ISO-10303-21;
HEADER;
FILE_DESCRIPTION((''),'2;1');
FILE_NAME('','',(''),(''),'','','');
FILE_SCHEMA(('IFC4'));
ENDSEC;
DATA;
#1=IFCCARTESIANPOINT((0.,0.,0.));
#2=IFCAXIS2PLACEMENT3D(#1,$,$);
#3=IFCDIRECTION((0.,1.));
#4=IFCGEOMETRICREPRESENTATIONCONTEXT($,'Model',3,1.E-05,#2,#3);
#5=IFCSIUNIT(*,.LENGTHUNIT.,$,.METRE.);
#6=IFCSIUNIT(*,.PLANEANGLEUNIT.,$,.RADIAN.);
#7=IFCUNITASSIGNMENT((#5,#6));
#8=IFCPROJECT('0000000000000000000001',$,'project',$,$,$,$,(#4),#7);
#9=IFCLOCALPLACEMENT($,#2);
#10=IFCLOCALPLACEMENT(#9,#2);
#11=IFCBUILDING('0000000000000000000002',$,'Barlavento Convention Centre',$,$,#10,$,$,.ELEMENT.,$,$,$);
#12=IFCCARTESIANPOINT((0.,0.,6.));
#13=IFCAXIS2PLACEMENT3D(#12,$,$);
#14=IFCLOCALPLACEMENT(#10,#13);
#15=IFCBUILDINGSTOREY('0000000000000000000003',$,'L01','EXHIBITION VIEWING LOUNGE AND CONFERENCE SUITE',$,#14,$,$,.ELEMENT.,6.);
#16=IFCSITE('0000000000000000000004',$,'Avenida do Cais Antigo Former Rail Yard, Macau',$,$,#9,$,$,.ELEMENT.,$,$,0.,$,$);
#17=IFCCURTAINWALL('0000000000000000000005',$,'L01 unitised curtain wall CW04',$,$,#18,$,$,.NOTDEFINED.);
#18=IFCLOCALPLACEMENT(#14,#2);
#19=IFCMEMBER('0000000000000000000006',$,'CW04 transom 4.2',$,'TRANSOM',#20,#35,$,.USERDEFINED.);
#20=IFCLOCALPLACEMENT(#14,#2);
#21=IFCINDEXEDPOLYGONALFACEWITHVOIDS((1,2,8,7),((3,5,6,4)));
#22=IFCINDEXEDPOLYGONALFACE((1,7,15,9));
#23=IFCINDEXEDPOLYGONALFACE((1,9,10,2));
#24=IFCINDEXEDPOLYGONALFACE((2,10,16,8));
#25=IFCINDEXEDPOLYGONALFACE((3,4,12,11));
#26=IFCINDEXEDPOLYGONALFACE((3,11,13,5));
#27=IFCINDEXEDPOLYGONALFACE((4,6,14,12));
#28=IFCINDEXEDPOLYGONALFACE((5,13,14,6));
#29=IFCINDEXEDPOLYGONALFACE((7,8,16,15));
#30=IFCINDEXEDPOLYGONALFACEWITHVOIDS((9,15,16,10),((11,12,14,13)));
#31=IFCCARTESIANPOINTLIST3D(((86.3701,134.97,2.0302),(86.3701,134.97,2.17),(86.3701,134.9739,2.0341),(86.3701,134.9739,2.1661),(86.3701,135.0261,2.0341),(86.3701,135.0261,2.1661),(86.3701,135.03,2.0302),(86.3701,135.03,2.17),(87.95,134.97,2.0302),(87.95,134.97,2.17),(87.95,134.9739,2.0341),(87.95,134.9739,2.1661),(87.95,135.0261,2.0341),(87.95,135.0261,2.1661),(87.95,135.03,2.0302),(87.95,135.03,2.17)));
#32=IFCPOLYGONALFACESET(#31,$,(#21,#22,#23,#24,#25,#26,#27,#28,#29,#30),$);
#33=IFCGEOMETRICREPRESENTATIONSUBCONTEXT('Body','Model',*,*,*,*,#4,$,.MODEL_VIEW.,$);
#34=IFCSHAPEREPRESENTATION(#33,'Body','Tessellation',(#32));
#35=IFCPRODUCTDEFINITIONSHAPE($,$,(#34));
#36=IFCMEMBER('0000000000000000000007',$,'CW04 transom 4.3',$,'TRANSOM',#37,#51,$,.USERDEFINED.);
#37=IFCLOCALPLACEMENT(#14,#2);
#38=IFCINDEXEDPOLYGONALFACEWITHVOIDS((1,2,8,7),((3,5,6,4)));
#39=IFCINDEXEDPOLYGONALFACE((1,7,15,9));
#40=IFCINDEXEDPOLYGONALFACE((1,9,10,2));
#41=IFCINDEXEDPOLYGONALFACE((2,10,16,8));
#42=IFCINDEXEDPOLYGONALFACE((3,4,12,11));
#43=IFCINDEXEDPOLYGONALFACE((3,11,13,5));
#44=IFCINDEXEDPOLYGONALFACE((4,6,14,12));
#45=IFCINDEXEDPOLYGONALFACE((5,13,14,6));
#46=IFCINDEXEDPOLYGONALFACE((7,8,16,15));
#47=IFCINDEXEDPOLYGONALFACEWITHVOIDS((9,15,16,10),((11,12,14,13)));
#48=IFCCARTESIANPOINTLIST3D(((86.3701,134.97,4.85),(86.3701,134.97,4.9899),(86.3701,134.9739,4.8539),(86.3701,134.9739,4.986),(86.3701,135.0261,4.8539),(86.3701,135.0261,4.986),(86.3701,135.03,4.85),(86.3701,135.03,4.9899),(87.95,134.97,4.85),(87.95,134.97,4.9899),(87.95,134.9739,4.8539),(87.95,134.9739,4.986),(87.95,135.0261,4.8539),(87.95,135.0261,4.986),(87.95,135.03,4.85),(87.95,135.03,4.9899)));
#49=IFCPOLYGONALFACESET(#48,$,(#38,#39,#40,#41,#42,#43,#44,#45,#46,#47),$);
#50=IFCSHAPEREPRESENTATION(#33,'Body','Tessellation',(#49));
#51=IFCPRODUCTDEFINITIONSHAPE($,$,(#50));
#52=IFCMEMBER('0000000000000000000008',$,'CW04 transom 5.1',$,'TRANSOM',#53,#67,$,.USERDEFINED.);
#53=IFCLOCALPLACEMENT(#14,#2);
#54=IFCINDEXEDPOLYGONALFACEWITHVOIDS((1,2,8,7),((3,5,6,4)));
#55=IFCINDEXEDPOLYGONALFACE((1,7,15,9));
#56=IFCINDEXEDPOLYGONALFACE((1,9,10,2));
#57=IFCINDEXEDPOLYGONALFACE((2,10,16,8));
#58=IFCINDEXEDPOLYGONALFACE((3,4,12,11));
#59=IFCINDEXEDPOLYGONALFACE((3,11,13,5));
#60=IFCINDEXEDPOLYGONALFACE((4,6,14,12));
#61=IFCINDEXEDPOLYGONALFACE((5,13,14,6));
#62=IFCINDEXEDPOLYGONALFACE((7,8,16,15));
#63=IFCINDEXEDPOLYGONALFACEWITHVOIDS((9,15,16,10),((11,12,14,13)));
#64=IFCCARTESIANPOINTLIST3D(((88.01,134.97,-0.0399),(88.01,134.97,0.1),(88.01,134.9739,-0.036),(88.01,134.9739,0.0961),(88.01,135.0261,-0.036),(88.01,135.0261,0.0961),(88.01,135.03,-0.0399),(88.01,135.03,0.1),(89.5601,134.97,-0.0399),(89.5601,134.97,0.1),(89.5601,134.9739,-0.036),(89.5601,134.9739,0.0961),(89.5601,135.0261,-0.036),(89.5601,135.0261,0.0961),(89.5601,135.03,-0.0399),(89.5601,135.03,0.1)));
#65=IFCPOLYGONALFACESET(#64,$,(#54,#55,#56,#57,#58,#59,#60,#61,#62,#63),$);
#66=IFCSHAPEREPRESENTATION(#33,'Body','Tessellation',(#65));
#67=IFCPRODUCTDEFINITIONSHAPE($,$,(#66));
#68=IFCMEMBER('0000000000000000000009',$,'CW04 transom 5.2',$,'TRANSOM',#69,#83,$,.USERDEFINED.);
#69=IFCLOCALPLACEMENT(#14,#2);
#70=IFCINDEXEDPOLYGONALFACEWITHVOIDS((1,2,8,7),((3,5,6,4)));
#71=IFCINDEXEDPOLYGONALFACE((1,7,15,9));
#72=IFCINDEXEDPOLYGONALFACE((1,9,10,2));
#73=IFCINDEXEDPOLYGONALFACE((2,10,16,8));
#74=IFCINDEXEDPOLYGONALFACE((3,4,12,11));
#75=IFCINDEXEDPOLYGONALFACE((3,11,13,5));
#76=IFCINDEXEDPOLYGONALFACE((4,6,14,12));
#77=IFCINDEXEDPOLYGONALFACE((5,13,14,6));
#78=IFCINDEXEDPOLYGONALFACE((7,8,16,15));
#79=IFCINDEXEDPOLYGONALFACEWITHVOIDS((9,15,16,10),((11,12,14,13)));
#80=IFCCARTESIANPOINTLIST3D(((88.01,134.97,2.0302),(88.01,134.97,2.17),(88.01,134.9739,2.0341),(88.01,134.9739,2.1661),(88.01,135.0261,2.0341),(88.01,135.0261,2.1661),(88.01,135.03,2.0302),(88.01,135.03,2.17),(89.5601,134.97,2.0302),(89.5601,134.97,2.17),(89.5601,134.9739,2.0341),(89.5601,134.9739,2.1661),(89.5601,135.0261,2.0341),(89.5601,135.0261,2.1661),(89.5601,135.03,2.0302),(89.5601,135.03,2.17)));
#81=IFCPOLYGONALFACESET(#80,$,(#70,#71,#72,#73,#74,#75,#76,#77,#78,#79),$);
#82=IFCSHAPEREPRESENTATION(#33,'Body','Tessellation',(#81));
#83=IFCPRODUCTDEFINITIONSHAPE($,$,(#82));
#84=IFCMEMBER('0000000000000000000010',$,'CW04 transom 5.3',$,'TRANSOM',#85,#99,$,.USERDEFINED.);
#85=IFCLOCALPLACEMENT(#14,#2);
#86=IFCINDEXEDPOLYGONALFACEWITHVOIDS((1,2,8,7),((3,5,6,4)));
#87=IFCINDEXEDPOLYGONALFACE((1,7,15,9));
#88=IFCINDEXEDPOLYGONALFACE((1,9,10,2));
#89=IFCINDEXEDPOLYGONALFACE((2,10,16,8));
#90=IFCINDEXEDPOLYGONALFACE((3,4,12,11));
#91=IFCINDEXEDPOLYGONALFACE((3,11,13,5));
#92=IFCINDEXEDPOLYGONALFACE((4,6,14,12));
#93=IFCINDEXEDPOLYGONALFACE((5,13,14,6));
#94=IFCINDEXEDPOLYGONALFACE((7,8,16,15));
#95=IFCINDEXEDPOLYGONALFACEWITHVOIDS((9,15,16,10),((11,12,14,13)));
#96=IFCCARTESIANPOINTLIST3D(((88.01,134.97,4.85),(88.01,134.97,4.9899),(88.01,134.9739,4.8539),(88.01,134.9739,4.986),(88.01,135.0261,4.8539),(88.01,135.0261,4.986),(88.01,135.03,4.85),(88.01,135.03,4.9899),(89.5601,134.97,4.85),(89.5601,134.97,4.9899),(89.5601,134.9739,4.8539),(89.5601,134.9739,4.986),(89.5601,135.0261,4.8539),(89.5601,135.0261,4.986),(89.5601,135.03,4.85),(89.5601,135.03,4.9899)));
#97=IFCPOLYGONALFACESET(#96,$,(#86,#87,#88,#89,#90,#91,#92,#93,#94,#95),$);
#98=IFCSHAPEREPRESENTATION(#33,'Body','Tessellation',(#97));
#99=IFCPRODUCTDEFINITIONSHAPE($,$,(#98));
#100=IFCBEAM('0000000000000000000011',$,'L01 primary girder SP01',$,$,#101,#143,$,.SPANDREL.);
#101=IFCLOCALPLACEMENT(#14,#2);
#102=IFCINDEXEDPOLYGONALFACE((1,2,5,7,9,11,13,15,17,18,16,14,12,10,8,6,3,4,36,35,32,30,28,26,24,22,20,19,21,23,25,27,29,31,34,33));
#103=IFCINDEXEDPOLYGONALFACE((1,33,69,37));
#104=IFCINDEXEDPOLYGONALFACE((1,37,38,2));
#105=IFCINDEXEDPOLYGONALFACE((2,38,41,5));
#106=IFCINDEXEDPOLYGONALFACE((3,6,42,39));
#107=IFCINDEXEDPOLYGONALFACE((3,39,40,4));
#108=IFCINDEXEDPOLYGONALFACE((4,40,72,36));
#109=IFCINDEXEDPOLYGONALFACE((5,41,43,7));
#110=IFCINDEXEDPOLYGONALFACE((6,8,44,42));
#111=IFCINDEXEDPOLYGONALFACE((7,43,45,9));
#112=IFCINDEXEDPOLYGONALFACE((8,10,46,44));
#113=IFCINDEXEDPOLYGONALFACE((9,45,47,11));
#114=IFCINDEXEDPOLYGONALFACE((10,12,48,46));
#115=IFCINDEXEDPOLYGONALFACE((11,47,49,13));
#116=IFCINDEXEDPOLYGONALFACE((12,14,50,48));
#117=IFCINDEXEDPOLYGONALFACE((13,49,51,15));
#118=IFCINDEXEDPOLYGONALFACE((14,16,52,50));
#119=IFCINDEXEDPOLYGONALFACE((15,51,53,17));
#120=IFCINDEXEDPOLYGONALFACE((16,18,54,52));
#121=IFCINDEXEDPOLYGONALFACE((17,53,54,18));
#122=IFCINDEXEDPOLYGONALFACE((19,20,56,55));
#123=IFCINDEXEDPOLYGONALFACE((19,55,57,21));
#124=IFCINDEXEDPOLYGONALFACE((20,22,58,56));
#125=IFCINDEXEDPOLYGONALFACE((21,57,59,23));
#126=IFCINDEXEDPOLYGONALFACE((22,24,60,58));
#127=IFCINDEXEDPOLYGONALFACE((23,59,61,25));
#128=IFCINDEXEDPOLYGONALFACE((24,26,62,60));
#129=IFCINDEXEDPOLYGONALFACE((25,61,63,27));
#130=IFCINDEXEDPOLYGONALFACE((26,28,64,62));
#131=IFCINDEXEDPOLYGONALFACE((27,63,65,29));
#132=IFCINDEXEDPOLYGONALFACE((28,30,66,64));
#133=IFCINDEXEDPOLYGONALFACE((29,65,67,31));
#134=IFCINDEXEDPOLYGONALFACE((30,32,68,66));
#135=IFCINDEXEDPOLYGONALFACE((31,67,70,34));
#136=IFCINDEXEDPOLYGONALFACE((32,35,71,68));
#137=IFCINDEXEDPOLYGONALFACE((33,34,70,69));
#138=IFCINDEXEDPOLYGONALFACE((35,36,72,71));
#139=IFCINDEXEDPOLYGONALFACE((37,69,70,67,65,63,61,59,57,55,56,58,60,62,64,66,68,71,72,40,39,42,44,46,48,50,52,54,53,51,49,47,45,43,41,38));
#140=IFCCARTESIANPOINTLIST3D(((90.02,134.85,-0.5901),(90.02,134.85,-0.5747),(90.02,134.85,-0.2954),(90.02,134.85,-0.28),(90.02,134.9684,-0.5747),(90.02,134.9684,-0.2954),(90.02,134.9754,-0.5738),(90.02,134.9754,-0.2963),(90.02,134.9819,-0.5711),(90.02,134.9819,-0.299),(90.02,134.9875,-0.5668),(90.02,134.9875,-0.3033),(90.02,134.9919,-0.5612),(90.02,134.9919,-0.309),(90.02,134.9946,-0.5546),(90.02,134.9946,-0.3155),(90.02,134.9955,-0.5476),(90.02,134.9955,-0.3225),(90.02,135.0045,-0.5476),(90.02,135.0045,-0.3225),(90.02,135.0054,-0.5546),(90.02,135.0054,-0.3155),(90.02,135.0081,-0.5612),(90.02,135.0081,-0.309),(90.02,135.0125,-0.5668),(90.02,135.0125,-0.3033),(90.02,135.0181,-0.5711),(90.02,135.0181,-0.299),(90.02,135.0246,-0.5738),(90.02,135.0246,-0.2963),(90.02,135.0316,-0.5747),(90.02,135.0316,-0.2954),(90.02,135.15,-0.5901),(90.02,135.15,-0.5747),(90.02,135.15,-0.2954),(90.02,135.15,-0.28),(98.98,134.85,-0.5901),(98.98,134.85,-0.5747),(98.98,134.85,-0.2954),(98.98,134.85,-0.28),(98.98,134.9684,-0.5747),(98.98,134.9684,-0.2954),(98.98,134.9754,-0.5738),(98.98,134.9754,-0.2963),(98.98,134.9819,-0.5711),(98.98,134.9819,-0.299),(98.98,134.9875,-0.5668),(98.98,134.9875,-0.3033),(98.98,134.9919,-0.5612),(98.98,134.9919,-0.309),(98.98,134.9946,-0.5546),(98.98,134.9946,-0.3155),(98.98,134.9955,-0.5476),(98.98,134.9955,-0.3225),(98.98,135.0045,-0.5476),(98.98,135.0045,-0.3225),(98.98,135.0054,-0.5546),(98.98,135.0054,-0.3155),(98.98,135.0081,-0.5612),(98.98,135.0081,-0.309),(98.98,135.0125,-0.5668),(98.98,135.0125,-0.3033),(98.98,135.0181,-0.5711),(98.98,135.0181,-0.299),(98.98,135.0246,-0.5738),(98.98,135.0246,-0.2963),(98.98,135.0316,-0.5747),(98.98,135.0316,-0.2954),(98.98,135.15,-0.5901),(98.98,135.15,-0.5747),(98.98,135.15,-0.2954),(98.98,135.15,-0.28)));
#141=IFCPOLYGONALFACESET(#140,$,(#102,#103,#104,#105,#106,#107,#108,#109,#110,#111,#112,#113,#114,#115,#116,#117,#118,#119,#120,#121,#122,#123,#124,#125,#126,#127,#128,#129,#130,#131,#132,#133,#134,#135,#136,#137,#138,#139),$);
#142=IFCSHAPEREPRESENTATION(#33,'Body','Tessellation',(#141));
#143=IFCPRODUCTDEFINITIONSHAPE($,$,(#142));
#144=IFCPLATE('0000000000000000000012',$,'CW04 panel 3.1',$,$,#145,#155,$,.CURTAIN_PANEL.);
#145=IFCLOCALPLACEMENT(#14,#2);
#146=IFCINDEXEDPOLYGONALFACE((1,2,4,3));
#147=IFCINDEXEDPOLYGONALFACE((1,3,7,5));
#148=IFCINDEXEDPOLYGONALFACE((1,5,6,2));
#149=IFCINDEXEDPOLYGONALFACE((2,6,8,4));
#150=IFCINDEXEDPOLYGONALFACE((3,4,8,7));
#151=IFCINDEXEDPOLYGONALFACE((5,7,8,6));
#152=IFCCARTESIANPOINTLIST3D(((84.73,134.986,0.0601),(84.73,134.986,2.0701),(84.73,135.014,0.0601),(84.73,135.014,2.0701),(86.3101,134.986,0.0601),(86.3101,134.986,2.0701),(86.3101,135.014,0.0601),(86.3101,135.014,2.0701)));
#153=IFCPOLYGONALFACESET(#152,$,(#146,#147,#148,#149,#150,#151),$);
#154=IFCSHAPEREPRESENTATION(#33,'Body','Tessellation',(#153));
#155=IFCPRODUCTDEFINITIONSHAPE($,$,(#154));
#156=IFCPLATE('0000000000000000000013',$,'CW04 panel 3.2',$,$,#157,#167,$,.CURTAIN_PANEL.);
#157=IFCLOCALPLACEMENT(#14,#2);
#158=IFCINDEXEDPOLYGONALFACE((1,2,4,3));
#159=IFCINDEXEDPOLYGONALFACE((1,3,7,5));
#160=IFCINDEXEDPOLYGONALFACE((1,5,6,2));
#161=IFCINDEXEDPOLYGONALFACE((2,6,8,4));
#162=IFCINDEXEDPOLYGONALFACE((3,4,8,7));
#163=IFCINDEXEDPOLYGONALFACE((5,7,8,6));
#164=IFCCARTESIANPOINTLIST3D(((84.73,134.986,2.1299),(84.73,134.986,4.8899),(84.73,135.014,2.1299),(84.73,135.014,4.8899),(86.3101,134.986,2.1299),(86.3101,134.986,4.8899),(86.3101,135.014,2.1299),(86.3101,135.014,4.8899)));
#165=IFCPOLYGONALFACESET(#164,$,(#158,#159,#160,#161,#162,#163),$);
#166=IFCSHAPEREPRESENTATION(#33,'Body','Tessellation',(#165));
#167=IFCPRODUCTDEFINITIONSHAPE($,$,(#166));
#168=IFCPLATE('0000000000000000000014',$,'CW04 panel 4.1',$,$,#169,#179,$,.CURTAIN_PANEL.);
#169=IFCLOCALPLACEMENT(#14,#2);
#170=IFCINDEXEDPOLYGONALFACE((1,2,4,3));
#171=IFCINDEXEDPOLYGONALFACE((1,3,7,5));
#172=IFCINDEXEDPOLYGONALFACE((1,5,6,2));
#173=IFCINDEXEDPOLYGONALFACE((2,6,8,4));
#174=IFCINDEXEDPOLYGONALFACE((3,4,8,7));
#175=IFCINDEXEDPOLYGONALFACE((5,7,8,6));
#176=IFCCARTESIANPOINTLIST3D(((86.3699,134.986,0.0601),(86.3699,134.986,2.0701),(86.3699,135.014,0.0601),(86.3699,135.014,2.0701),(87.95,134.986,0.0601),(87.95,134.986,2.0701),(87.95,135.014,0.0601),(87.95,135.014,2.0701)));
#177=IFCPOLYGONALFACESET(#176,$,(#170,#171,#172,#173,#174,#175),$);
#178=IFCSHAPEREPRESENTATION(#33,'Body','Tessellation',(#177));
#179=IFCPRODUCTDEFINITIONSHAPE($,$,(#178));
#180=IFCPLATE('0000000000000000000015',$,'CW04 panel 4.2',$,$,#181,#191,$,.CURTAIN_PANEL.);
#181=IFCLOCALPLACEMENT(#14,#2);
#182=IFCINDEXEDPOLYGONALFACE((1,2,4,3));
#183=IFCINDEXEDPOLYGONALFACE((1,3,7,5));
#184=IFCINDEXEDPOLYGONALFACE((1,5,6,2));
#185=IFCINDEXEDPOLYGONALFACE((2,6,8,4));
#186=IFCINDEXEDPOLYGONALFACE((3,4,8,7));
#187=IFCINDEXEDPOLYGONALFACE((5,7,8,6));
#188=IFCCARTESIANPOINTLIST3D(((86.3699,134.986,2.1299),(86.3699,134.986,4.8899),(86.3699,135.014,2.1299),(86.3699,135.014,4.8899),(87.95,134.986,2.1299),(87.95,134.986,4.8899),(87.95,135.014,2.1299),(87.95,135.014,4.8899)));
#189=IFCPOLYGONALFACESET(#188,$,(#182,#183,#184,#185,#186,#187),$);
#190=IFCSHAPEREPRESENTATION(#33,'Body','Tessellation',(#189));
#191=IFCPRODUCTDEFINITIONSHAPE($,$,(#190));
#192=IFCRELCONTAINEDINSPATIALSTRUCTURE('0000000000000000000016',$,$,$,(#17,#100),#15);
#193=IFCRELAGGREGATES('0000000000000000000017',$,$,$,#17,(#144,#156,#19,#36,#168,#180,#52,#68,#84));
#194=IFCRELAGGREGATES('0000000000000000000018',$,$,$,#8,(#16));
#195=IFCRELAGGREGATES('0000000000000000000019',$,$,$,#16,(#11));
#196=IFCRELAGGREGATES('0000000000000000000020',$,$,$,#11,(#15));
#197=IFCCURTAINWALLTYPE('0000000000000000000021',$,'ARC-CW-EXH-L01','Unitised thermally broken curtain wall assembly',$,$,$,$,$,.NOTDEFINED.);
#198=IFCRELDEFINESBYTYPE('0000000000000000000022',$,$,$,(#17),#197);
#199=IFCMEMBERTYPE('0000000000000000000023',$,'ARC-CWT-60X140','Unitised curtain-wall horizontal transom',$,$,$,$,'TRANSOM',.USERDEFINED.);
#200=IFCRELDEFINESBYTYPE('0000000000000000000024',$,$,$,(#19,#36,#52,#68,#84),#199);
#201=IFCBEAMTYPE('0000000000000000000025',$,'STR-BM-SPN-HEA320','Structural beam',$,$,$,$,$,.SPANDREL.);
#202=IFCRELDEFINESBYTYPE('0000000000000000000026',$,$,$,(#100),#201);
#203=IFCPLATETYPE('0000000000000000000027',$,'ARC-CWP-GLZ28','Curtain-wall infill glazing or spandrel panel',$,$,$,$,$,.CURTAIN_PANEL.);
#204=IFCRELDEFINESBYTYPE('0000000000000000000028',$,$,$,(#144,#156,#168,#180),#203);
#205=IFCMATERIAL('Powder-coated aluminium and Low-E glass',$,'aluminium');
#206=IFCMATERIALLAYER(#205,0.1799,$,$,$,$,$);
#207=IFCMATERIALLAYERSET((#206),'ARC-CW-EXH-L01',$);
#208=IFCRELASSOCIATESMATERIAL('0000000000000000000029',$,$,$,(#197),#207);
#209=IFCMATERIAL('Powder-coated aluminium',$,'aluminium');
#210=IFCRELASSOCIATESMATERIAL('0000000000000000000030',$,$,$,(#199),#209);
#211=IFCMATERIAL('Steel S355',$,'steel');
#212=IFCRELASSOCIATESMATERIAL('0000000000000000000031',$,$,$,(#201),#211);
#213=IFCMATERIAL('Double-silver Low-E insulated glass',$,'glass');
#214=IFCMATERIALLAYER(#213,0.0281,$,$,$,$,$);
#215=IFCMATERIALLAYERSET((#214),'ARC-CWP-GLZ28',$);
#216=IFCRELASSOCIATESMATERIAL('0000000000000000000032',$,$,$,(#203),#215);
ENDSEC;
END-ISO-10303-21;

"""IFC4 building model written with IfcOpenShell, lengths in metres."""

from ifc_helpers import new_model, si_unit, direction, frame, origin, origin_2d, place, context, subcontext, project, spatial, rectangle, hollow_rectangle, i_section, extrude, material, layer, layer_set, material_profile, profile_set, type_object, element, aggregate, save


model = new_model("IFC4")

# Units and contexts
model_context = context("Model", 3, precision=1e-05, world=origin(), true_north=direction((0.0, 1.0)))
body_context = subcontext(model_context, "Body", "Model", "MODEL_VIEW")
ifc_project = project(units=[si_unit("LENGTHUNIT", "METRE"), si_unit("PLANEANGLEUNIT", "RADIAN")], contexts=[model_context])

# Site, building, storey
site_placement = place(None, origin())
site = spatial("IfcSite", under=ifc_project, at=site_placement, Name="Avenida do Cais Antigo Former Rail Yard, Macau", CompositionType="ELEMENT", RefElevation=0.0)
building_placement = place(site_placement, origin())
building = spatial("IfcBuilding", under=site, at=building_placement, Name="Barlavento Convention Centre", CompositionType="ELEMENT")
storey_placement = place(building_placement, frame((0.0, 0.0, 6.0)))
storey = spatial("IfcBuildingStorey", under=building, at=storey_placement, Name="L01", Description="EXHIBITION VIEWING LOUNGE AND CONFERENCE SUITE", CompositionType="ELEMENT", Elevation=6.0)

# Shared definitions
ifc_material_1 = material(Name="Steel S355", Category="steel")

# Curtain wall
ifc_material_2 = material(Name="Powder-coated aluminium and Low-E glass", Category="aluminium")
ifc_layer_1 = layer(ifc_material_2, 0.1799)
ifc_layer_set_1 = layer_set([ifc_layer_1], Name="ARC-CW-EXH-L01")
curtain_wall_type = type_object("IfcCurtainWallType", Name="ARC-CW-EXH-L01", Description="Unitised thermally broken curtain wall assembly", PredefinedType="NOTDEFINED", material=ifc_layer_set_1)
curtain_wall_1_placement = place(storey_placement, origin())
curtain_wall_1 = element("IfcCurtainWall", 1, at=curtain_wall_1_placement, inside=storey, type_object=curtain_wall_type, Name="L01 unitised curtain wall CW04", PredefinedType="NOTDEFINED")
ifc_material_3 = material(Name="Powder-coated aluminium", Category="aluminium")

# Members
ifc_material_profile_1 = material_profile(ifc_material_3, hollow_rectangle(XDim=0.0601, YDim=0.1399, WallThickness=0.0039, at=origin_2d()), Name="AL-TRAN 60x140x4")
ifc_profile_set_1 = profile_set([ifc_material_profile_1], Name="Powder-coated aluminium")
member_type_1 = type_object("IfcMemberType", Name="ARC-CWT-60X140", Description="Unitised curtain-wall horizontal transom", ElementType="TRANSOM", PredefinedType="USERDEFINED", material=ifc_profile_set_1)
member_1_placement = place(storey_placement, frame((86.3701, 135.0, 2.1001), z_axis=(1.0, 0.0, 0.0), x_axis=(0.0, 1.0, 0.0)))
member_1 = element("IfcMember", 2, at=member_1_placement, type_object=member_type_1, Name="CW04 transom 4.2", ObjectType="TRANSOM", PredefinedType="USERDEFINED", context=body_context, shape_type="SweptSolid", body=[
    extrude(hollow_rectangle(XDim=0.0601, YDim=0.1399, WallThickness=0.0039, at=origin_2d()), origin(), (0.0, 0.0, 1.0), 1.5798),
])
member_2_placement = place(storey_placement, frame((86.3701, 135.0, 4.9199), z_axis=(1.0, 0.0, 0.0), x_axis=(0.0, 1.0, 0.0)))
member_2 = element("IfcMember", 3, at=member_2_placement, type_object=member_type_1, Name="CW04 transom 4.3", ObjectType="TRANSOM", PredefinedType="USERDEFINED", context=body_context, shape_type="SweptSolid", body=[
    extrude(hollow_rectangle(XDim=0.0601, YDim=0.1399, WallThickness=0.0039, at=origin_2d()), origin(), (0.0, 0.0, 1.0), 1.5798),
])
member_3_placement = place(storey_placement, frame((88.01, 135.0, 0.03), z_axis=(1.0, 0.0, 0.0), x_axis=(0.0, 1.0, 0.0)))
member_3 = element("IfcMember", 4, at=member_3_placement, type_object=member_type_1, Name="CW04 transom 5.1", ObjectType="TRANSOM", PredefinedType="USERDEFINED", context=body_context, shape_type="SweptSolid", body=[
    extrude(hollow_rectangle(XDim=0.0601, YDim=0.1399, WallThickness=0.0039, at=origin_2d()), origin(), (0.0, 0.0, 1.0), 1.55),
])
member_4_placement = place(storey_placement, frame((88.01, 135.0, 2.1001), z_axis=(1.0, 0.0, 0.0), x_axis=(0.0, 1.0, 0.0)))
member_4 = element("IfcMember", 5, at=member_4_placement, type_object=member_type_1, Name="CW04 transom 5.2", ObjectType="TRANSOM", PredefinedType="USERDEFINED", context=body_context, shape_type="SweptSolid", body=[
    extrude(hollow_rectangle(XDim=0.0601, YDim=0.1399, WallThickness=0.0039, at=origin_2d()), origin(), (0.0, 0.0, 1.0), 1.55),
])
member_5_placement = place(storey_placement, frame((88.01, 135.0, 4.9199), z_axis=(1.0, 0.0, 0.0), x_axis=(0.0, 1.0, 0.0)))
member_5 = element("IfcMember", 6, at=member_5_placement, type_object=member_type_1, Name="CW04 transom 5.3", ObjectType="TRANSOM", PredefinedType="USERDEFINED", context=body_context, shape_type="SweptSolid", body=[
    extrude(hollow_rectangle(XDim=0.0601, YDim=0.1399, WallThickness=0.0039, at=origin_2d()), origin(), (0.0, 0.0, 1.0), 1.55),
])

# Beam
ifc_material_profile_2 = material_profile(ifc_material_1, i_section(OverallWidth=0.3, OverallDepth=0.3101, WebThickness=0.009, FlangeThickness=0.0154, FilletRadius=0.0271, at=origin_2d()), Name="HEA 320")
ifc_profile_set_2 = profile_set([ifc_material_profile_2], Name="Steel S355")
beam_type = type_object("IfcBeamType", Name="STR-BM-SPN-HEA320", Description="Structural beam", PredefinedType="SPANDREL", material=ifc_profile_set_2)
beam_placement = place(storey_placement, frame((90.02, 135.0, -0.4351), z_axis=(1.0, 0.0, 0.0), x_axis=(0.0, 1.0, 0.0)))
element("IfcBeam", 7, at=beam_placement, inside=storey, type_object=beam_type, Name="L01 primary girder SP01", PredefinedType="SPANDREL", context=body_context, shape_type="SweptSolid", body=[
    extrude(i_section(OverallWidth=0.3, OverallDepth=0.3101, WebThickness=0.009, FlangeThickness=0.0154, FilletRadius=0.0271, at=origin_2d()), origin(), (0.0, 0.0, 1.0), 8.96),
])

# Plates
ifc_material_4 = material(Name="Double-silver Low-E insulated glass", Category="glass")
ifc_layer_2 = layer(ifc_material_4, 0.0281)
ifc_layer_set_2 = layer_set([ifc_layer_2], Name="ARC-CWP-GLZ28")
plate_type = type_object("IfcPlateType", Name="ARC-CWP-GLZ28", Description="Curtain-wall infill glazing or spandrel panel", PredefinedType="CURTAIN_PANEL", material=ifc_layer_set_2)
plate_1_placement = place(storey_placement, frame((85.52, 135.0, 0.0601), z_axis=(0.0, 0.0, 1.0), x_axis=(1.0, 0.0, 0.0)))
plate_1 = element("IfcPlate", 8, at=plate_1_placement, type_object=plate_type, Name="CW04 panel 3.1", PredefinedType="CURTAIN_PANEL", context=body_context, shape_type="SweptSolid", body=[
    extrude(rectangle(XDim=1.5801, YDim=0.0281, at=origin_2d()), origin(), (0.0, 0.0, 1.0), 2.01),
])
plate_2_placement = place(storey_placement, frame((85.52, 135.0, 2.1299), z_axis=(0.0, 0.0, 1.0), x_axis=(1.0, 0.0, 0.0)))
plate_2 = element("IfcPlate", 9, at=plate_2_placement, type_object=plate_type, Name="CW04 panel 3.2", PredefinedType="CURTAIN_PANEL", context=body_context, shape_type="SweptSolid", body=[
    extrude(rectangle(XDim=1.5801, YDim=0.0281, at=origin_2d()), origin(), (0.0, 0.0, 1.0), 2.76),
])
plate_3_placement = place(storey_placement, frame((87.1599, 135.0, 0.0601), z_axis=(0.0, 0.0, 1.0), x_axis=(1.0, 0.0, 0.0)))
plate_3 = element("IfcPlate", 10, at=plate_3_placement, type_object=plate_type, Name="CW04 panel 4.1", PredefinedType="CURTAIN_PANEL", context=body_context, shape_type="SweptSolid", body=[
    extrude(rectangle(XDim=1.5801, YDim=0.0281, at=origin_2d()), origin(), (0.0, 0.0, 1.0), 2.01),
])
plate_4_placement = place(storey_placement, frame((87.1599, 135.0, 2.1299), z_axis=(0.0, 0.0, 1.0), x_axis=(1.0, 0.0, 0.0)))
plate_4 = element("IfcPlate", 11, at=plate_4_placement, type_object=plate_type, Name="CW04 panel 4.2", PredefinedType="CURTAIN_PANEL", context=body_context, shape_type="SweptSolid", body=[
    extrude(rectangle(XDim=1.5801, YDim=0.0281, at=origin_2d()), origin(), (0.0, 0.0, 1.0), 2.76),
])
aggregate(curtain_wall_1, [plate_1, plate_2, member_1, member_2, plate_3, plate_4, member_3, member_4, member_5])

save(model, "model.ifc")
